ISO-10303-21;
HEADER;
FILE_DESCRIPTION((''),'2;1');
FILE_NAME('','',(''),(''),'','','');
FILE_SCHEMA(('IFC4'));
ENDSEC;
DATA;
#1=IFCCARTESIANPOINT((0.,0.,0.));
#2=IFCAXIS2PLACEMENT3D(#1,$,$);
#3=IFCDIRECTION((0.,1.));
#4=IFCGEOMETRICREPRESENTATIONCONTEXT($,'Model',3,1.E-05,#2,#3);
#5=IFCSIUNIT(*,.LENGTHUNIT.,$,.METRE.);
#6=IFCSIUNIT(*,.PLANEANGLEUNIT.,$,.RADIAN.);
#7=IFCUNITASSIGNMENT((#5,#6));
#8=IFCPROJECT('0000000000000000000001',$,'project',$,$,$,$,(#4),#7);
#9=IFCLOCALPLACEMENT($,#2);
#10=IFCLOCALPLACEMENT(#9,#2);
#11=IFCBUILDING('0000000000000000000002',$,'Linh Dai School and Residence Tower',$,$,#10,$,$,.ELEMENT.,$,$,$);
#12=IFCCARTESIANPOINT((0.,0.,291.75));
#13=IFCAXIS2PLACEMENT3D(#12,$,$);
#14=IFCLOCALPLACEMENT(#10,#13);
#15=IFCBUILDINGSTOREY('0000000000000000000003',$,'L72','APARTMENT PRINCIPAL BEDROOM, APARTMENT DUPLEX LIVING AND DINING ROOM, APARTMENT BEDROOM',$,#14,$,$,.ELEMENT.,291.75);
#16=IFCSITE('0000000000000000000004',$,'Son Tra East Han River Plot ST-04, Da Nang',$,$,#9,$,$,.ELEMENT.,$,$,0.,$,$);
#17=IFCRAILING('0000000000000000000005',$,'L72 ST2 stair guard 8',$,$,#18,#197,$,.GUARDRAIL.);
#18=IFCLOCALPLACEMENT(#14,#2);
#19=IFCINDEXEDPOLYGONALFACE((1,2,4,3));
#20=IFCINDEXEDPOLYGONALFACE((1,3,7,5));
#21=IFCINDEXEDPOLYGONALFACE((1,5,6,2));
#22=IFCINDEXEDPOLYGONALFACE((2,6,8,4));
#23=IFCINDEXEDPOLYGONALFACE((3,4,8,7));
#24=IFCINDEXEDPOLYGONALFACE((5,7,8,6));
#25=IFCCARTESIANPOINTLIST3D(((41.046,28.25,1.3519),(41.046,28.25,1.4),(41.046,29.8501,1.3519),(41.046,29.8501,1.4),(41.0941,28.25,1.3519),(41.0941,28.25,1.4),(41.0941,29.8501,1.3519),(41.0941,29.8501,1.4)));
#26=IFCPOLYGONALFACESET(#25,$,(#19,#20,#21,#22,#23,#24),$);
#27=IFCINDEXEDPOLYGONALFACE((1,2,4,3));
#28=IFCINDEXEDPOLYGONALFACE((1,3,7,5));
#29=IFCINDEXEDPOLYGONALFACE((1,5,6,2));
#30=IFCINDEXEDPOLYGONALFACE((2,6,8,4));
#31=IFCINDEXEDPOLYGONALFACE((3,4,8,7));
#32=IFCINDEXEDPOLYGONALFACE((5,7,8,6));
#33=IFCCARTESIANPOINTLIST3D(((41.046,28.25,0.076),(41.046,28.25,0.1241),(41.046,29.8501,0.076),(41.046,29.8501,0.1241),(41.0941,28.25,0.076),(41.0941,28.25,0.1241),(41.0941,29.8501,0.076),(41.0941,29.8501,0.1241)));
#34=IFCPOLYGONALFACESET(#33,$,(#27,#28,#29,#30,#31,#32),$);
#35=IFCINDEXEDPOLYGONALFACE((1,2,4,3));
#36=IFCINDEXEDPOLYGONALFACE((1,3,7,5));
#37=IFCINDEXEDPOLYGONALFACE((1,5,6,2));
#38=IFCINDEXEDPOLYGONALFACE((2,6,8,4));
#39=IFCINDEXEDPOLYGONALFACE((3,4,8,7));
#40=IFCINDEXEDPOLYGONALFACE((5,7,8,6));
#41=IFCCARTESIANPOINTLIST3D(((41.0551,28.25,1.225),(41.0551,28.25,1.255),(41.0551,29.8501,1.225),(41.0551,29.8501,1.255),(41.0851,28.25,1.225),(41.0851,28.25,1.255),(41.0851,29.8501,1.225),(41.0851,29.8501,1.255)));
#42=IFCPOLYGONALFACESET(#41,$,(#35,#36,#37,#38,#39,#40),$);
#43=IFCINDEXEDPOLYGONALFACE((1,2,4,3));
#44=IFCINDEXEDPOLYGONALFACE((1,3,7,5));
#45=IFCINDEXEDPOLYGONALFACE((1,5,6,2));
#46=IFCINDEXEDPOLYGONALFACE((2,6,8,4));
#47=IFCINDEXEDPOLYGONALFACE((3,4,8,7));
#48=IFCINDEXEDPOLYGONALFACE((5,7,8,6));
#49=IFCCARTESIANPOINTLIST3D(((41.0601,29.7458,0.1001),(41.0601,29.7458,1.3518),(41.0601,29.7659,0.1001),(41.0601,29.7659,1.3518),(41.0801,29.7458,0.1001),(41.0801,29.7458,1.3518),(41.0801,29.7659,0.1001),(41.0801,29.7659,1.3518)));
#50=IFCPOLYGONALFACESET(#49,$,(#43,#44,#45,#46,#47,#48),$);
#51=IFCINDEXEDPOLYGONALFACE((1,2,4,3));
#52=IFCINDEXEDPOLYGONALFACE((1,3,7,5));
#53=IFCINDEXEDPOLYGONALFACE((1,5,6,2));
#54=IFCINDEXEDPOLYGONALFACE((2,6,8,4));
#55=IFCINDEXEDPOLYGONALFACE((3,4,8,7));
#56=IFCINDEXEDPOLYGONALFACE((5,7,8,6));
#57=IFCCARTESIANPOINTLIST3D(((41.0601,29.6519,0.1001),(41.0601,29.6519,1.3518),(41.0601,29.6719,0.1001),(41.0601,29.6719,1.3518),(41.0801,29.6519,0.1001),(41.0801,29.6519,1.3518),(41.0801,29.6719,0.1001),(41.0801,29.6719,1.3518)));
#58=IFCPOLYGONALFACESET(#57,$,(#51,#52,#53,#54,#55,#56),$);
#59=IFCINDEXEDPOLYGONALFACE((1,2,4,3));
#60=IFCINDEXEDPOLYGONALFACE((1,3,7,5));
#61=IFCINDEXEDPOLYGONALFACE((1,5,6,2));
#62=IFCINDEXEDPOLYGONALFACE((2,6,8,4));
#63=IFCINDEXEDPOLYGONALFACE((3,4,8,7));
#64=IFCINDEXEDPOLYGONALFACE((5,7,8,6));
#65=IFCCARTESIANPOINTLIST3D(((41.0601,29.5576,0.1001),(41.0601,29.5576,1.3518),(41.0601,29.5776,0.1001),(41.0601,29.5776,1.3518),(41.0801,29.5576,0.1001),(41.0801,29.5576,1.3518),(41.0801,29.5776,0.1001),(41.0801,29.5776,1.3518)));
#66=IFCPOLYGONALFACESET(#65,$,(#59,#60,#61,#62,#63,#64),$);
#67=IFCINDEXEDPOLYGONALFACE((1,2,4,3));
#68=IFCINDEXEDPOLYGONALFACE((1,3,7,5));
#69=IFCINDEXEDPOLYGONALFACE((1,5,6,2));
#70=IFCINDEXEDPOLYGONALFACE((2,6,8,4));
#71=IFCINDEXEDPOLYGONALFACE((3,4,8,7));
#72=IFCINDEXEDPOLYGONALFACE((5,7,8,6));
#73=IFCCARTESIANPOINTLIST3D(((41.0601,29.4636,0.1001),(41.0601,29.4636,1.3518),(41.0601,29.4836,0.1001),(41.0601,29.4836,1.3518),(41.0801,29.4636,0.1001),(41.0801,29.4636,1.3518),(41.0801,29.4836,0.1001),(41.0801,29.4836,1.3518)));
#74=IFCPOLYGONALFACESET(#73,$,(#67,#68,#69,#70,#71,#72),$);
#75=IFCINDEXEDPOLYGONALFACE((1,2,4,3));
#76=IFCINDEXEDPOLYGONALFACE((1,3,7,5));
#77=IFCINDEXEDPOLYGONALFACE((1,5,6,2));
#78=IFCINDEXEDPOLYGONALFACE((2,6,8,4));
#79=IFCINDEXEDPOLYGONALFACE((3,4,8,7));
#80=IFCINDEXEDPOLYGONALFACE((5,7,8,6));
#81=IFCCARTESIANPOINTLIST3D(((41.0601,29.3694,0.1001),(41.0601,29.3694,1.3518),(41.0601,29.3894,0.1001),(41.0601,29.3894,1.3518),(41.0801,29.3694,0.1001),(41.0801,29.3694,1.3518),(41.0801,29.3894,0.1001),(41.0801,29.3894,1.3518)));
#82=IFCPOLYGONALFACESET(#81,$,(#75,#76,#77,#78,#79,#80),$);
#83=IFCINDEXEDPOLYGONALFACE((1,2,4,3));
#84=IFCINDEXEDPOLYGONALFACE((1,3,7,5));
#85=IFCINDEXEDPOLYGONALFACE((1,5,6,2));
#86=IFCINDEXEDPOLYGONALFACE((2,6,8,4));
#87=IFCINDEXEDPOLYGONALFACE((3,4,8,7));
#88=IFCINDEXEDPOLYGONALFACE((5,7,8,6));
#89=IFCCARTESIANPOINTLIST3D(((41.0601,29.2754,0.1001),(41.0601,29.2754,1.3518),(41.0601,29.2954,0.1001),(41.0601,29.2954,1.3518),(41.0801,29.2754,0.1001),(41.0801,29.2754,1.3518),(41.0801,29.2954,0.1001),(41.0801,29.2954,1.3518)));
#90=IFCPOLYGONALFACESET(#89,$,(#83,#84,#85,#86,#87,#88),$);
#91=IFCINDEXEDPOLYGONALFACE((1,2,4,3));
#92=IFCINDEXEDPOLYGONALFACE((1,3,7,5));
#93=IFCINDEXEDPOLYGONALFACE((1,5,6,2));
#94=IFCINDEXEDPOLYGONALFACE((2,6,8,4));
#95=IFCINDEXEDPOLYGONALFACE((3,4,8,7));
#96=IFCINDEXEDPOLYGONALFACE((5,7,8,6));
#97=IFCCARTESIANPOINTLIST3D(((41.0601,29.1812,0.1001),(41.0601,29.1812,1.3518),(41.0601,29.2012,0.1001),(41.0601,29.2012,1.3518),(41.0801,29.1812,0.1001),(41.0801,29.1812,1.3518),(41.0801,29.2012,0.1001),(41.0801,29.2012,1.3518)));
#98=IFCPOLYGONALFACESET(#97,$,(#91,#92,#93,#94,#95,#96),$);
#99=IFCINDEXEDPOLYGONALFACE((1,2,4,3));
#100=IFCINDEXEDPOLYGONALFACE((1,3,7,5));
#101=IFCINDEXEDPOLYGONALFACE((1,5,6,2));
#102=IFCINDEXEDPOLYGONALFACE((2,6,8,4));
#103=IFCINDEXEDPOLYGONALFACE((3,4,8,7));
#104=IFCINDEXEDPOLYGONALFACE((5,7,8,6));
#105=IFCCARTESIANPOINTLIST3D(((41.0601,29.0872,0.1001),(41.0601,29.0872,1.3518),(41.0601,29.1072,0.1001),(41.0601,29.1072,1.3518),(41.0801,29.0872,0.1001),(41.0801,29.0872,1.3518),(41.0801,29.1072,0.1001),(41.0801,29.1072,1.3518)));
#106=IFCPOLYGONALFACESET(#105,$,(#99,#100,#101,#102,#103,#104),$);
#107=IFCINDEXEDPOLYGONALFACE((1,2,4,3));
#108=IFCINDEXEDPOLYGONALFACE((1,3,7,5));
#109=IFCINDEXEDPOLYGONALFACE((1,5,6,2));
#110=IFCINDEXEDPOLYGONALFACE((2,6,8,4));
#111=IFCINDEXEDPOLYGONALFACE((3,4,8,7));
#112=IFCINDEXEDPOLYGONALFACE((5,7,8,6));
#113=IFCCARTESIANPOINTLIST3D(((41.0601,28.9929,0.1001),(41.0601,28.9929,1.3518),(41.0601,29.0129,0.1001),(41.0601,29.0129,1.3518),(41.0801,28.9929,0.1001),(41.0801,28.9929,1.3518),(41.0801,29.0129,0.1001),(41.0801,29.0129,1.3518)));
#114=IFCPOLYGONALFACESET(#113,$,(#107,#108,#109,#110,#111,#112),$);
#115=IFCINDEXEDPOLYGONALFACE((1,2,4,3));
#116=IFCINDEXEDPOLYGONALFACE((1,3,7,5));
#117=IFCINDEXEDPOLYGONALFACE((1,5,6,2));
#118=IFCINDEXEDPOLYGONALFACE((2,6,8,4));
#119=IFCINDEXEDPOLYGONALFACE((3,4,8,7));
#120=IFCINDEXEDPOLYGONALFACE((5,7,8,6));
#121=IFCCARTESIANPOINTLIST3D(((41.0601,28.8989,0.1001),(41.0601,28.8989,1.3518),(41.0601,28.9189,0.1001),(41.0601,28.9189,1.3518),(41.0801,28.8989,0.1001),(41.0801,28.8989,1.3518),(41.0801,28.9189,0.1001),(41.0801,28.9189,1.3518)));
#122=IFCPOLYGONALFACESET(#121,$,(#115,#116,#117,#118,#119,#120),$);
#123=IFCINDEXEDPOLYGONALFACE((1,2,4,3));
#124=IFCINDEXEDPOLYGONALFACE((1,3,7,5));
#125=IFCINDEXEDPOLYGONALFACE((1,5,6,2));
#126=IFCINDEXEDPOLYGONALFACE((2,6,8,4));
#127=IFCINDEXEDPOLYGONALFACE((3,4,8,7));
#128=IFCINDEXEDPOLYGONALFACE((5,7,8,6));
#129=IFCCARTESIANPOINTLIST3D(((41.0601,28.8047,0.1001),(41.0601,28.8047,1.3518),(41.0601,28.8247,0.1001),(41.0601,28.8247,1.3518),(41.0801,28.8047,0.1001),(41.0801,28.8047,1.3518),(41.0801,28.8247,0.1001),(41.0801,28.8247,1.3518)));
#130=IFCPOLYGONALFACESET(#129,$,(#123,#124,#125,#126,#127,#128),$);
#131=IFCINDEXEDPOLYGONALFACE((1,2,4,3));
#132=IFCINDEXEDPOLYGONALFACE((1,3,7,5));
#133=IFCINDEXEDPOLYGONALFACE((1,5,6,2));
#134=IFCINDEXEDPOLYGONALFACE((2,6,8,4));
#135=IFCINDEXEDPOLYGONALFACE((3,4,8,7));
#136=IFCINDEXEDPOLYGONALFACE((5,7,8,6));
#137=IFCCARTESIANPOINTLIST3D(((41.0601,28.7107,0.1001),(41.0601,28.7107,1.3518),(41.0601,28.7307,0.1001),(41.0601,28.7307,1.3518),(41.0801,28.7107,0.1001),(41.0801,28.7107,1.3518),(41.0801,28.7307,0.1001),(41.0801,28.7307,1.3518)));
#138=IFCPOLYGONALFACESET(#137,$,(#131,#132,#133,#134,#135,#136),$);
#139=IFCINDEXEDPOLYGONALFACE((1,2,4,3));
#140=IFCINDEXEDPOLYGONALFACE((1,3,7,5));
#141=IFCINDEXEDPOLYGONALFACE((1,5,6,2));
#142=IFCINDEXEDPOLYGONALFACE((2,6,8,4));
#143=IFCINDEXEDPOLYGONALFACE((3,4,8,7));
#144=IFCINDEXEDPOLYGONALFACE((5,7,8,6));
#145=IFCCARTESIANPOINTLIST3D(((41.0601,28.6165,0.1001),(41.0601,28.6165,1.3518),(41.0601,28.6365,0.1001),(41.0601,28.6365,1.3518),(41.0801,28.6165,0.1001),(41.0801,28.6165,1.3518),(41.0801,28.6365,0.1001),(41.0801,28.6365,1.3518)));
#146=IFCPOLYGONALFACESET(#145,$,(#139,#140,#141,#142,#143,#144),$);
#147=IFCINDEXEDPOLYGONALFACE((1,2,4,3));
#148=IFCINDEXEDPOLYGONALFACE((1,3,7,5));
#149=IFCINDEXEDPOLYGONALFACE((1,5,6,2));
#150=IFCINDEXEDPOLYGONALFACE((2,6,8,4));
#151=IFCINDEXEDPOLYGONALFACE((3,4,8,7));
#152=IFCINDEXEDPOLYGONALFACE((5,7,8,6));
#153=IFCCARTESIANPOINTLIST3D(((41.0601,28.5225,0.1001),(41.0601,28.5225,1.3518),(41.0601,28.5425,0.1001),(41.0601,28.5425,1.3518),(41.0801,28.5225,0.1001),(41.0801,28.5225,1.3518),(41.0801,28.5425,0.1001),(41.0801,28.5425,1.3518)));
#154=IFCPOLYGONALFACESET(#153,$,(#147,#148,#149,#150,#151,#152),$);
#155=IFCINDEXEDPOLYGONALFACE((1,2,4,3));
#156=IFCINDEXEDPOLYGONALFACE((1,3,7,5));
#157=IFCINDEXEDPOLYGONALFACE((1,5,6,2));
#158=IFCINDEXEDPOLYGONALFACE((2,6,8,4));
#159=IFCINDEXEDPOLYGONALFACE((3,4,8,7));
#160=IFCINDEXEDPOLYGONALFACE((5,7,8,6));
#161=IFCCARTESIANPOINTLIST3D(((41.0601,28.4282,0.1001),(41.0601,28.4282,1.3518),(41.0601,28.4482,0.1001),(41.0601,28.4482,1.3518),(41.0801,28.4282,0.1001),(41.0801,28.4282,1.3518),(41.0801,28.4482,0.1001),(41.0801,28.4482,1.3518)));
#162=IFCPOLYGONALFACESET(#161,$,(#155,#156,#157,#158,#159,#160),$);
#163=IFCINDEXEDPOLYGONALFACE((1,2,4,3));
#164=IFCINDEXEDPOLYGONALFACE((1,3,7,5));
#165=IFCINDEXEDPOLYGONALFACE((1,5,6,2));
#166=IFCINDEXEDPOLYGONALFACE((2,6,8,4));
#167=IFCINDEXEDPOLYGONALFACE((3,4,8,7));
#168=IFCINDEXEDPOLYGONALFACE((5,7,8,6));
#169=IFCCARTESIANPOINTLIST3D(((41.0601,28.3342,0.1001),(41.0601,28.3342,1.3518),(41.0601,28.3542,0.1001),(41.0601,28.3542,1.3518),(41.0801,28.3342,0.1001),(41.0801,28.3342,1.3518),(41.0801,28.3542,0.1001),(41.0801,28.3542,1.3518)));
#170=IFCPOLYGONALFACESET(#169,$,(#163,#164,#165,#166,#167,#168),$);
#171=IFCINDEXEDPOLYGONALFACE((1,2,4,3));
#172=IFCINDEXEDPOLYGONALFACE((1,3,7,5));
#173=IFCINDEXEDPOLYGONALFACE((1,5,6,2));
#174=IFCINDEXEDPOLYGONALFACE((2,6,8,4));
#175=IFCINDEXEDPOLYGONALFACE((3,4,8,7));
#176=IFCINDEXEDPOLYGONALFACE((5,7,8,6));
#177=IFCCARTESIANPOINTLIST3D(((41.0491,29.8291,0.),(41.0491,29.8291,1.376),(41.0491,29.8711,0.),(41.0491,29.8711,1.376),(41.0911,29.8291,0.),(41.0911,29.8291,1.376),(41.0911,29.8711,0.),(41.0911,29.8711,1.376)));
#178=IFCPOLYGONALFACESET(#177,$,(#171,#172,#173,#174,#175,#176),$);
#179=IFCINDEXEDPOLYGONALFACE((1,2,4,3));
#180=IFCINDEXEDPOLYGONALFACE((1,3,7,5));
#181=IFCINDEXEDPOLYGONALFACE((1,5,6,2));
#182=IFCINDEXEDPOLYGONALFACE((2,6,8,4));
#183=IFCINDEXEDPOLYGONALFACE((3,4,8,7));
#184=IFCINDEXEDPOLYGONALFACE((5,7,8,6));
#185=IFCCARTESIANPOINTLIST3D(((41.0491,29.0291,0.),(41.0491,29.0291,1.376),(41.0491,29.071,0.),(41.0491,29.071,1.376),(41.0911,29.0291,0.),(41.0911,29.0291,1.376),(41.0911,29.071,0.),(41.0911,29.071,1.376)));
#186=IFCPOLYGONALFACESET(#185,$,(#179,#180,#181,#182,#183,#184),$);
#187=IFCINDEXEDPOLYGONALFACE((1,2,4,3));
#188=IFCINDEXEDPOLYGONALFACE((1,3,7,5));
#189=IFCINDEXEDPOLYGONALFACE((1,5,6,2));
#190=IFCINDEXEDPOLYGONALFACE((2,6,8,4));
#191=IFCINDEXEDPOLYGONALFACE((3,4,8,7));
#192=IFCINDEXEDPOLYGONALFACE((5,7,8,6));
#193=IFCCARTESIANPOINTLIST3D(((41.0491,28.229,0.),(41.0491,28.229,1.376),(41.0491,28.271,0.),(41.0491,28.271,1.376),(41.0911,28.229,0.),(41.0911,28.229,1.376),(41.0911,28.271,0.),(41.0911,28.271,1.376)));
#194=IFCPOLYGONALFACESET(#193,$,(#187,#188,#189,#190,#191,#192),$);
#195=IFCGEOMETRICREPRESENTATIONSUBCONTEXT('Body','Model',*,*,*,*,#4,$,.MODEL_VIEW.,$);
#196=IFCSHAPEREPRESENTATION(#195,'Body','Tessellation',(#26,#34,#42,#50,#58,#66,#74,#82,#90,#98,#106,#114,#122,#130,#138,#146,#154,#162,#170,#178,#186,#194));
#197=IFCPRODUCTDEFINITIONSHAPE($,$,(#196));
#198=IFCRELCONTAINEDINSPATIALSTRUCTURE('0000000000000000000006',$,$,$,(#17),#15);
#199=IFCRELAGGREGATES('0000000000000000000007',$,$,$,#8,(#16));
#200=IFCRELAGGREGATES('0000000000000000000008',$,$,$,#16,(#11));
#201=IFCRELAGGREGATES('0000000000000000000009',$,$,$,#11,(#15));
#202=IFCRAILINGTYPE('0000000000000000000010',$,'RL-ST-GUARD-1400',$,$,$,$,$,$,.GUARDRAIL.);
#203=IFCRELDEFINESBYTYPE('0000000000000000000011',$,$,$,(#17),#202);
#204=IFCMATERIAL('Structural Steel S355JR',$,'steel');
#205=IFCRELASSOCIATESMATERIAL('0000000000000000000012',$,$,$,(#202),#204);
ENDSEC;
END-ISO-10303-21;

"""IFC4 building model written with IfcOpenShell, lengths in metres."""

from ifc_helpers import new_model, si_unit, direction, frame, origin, origin_2d, place, context, subcontext, project, spatial, rectangle, extrude, source, transform, mapped, material, type_object, element, save


model = new_model("IFC4")

# Units and contexts
model_context = context("Model", 3, precision=1e-05, world=origin(), true_north=direction((0.0, 1.0)))
body_context = subcontext(model_context, "Body", "Model", "MODEL_VIEW")
ifc_project = project(units=[si_unit("LENGTHUNIT", "METRE"), si_unit("PLANEANGLEUNIT", "RADIAN")], contexts=[model_context])

# Site, building, storey
site_placement = place(None, origin())
site = spatial("IfcSite", under=ifc_project, at=site_placement, Name="Son Tra East Han River Plot ST-04, Da Nang", CompositionType="ELEMENT", RefElevation=0.0)
building_placement = place(site_placement, origin())
building = spatial("IfcBuilding", under=site, at=building_placement, Name="Linh Dai School and Residence Tower", CompositionType="ELEMENT")
storey_placement = place(building_placement, frame((0.0, 0.0, 291.75)))
storey = spatial("IfcBuildingStorey", under=building, at=storey_placement, Name="L72", Description="APARTMENT PRINCIPAL BEDROOM, APARTMENT DUPLEX LIVING AND DINING ROOM, APARTMENT BEDROOM", CompositionType="ELEMENT", Elevation=291.75)

# Shared definitions
ifc_material_1 = material(Name="Structural Steel S355JR", Category="steel")

# Railing
railing_type_1 = type_object("IfcRailingType", Name="RL-ST-GUARD-1400", PredefinedType="GUARDRAIL", material=ifc_material_1)
shared_shape_1 = source(origin(), body_context, "Body", "SweptSolid", [
    extrude(rectangle(XDim=0.0481, YDim=0.0481, at=origin_2d()), frame((0.0, 0.0, 1.376), z_axis=(0.0, -1.0, 0.0), x_axis=(1.0, 0.0, 0.0)), (0.0, 0.0, 1.0), 1.6001),
    extrude(rectangle(XDim=0.0481, YDim=0.0481, at=origin_2d()), frame((0.0, 0.0, 0.1001), z_axis=(0.0, -1.0, 0.0), x_axis=(1.0, 0.0, 0.0)), (0.0, 0.0, 1.0), 1.6001),
    extrude(rectangle(XDim=0.03, YDim=0.03, at=origin_2d()), frame((0.0, 0.0, 1.24), z_axis=(0.0, -1.0, 0.0), x_axis=(1.0, 0.0, 0.0)), (0.0, 0.0, 1.0), 1.6001),
    extrude(rectangle(XDim=0.02, YDim=0.02, at=origin_2d()), frame((0.0, -0.0942, 0.1001)), (0.0, 0.0, 1.0), 1.2517),
    extrude(rectangle(XDim=0.02, YDim=0.02, at=origin_2d()), frame((0.0, -0.1882, 0.1001)), (0.0, 0.0, 1.0), 1.2517),
    extrude(rectangle(XDim=0.02, YDim=0.02, at=origin_2d()), frame((0.0, -0.2825, 0.1001)), (0.0, 0.0, 1.0), 1.2517),
    extrude(rectangle(XDim=0.02, YDim=0.02, at=origin_2d()), frame((0.0, -0.3765, 0.1001)), (0.0, 0.0, 1.0), 1.2517),
    extrude(rectangle(XDim=0.02, YDim=0.02, at=origin_2d()), frame((0.0, -0.4707, 0.1001)), (0.0, 0.0, 1.0), 1.2517),
    extrude(rectangle(XDim=0.02, YDim=0.02, at=origin_2d()), frame((0.0, -0.5647, 0.1001)), (0.0, 0.0, 1.0), 1.2517),
    extrude(rectangle(XDim=0.02, YDim=0.02, at=origin_2d()), frame((0.0, -0.6589, 0.1001)), (0.0, 0.0, 1.0), 1.2517),
    extrude(rectangle(XDim=0.02, YDim=0.02, at=origin_2d()), frame((0.0, -0.7529, 0.1001)), (0.0, 0.0, 1.0), 1.2517),
    extrude(rectangle(XDim=0.02, YDim=0.02, at=origin_2d()), frame((0.0, -0.8472, 0.1001)), (0.0, 0.0, 1.0), 1.2517),
    extrude(rectangle(XDim=0.02, YDim=0.02, at=origin_2d()), frame((0.0, -0.9412, 0.1001)), (0.0, 0.0, 1.0), 1.2517),
    extrude(rectangle(XDim=0.02, YDim=0.02, at=origin_2d()), frame((0.0, -1.0354, 0.1001)), (0.0, 0.0, 1.0), 1.2517),
    extrude(rectangle(XDim=0.02, YDim=0.02, at=origin_2d()), frame((0.0, -1.1294, 0.1001)), (0.0, 0.0, 1.0), 1.2517),
    extrude(rectangle(XDim=0.02, YDim=0.02, at=origin_2d()), frame((0.0, -1.2236, 0.1001)), (0.0, 0.0, 1.0), 1.2517),
    extrude(rectangle(XDim=0.02, YDim=0.02, at=origin_2d()), frame((0.0, -1.3176, 0.1001)), (0.0, 0.0, 1.0), 1.2517),
    extrude(rectangle(XDim=0.02, YDim=0.02, at=origin_2d()), frame((0.0, -1.4119, 0.1001)), (0.0, 0.0, 1.0), 1.2517),
    extrude(rectangle(XDim=0.02, YDim=0.02, at=origin_2d()), frame((0.0, -1.5059, 0.1001)), (0.0, 0.0, 1.0), 1.2517),
    extrude(rectangle(XDim=0.042, YDim=0.042, at=origin_2d()), origin(), (0.0, 0.0, 1.0), 1.376),
    extrude(rectangle(XDim=0.042, YDim=0.042, at=origin_2d()), frame((0.0, -0.8, 0.0)), (0.0, 0.0, 1.0), 1.376),
    extrude(rectangle(XDim=0.042, YDim=0.042, at=origin_2d()), frame((0.0, -1.6001, 0.0)), (0.0, 0.0, 1.0), 1.376),
])
railing_1_placement = place(storey_placement, frame((41.0701, 29.8501, 0.0)))
element("IfcRailing", 1, at=railing_1_placement, inside=storey, type_object=railing_type_1, Name="L72 ST2 stair guard 8", PredefinedType="GUARDRAIL", context=body_context, shape_type="MappedRepresentation", body=[
    mapped(shared_shape_1, transform((0.0, 0.0, 0.0), x_axis=(1.0, 0.0, 0.0), y_axis=(0.0, 1.0, 0.0), z_axis=(0.0, 0.0, 1.0), scale=1.0)),
])

save(model, "model.ifc")
